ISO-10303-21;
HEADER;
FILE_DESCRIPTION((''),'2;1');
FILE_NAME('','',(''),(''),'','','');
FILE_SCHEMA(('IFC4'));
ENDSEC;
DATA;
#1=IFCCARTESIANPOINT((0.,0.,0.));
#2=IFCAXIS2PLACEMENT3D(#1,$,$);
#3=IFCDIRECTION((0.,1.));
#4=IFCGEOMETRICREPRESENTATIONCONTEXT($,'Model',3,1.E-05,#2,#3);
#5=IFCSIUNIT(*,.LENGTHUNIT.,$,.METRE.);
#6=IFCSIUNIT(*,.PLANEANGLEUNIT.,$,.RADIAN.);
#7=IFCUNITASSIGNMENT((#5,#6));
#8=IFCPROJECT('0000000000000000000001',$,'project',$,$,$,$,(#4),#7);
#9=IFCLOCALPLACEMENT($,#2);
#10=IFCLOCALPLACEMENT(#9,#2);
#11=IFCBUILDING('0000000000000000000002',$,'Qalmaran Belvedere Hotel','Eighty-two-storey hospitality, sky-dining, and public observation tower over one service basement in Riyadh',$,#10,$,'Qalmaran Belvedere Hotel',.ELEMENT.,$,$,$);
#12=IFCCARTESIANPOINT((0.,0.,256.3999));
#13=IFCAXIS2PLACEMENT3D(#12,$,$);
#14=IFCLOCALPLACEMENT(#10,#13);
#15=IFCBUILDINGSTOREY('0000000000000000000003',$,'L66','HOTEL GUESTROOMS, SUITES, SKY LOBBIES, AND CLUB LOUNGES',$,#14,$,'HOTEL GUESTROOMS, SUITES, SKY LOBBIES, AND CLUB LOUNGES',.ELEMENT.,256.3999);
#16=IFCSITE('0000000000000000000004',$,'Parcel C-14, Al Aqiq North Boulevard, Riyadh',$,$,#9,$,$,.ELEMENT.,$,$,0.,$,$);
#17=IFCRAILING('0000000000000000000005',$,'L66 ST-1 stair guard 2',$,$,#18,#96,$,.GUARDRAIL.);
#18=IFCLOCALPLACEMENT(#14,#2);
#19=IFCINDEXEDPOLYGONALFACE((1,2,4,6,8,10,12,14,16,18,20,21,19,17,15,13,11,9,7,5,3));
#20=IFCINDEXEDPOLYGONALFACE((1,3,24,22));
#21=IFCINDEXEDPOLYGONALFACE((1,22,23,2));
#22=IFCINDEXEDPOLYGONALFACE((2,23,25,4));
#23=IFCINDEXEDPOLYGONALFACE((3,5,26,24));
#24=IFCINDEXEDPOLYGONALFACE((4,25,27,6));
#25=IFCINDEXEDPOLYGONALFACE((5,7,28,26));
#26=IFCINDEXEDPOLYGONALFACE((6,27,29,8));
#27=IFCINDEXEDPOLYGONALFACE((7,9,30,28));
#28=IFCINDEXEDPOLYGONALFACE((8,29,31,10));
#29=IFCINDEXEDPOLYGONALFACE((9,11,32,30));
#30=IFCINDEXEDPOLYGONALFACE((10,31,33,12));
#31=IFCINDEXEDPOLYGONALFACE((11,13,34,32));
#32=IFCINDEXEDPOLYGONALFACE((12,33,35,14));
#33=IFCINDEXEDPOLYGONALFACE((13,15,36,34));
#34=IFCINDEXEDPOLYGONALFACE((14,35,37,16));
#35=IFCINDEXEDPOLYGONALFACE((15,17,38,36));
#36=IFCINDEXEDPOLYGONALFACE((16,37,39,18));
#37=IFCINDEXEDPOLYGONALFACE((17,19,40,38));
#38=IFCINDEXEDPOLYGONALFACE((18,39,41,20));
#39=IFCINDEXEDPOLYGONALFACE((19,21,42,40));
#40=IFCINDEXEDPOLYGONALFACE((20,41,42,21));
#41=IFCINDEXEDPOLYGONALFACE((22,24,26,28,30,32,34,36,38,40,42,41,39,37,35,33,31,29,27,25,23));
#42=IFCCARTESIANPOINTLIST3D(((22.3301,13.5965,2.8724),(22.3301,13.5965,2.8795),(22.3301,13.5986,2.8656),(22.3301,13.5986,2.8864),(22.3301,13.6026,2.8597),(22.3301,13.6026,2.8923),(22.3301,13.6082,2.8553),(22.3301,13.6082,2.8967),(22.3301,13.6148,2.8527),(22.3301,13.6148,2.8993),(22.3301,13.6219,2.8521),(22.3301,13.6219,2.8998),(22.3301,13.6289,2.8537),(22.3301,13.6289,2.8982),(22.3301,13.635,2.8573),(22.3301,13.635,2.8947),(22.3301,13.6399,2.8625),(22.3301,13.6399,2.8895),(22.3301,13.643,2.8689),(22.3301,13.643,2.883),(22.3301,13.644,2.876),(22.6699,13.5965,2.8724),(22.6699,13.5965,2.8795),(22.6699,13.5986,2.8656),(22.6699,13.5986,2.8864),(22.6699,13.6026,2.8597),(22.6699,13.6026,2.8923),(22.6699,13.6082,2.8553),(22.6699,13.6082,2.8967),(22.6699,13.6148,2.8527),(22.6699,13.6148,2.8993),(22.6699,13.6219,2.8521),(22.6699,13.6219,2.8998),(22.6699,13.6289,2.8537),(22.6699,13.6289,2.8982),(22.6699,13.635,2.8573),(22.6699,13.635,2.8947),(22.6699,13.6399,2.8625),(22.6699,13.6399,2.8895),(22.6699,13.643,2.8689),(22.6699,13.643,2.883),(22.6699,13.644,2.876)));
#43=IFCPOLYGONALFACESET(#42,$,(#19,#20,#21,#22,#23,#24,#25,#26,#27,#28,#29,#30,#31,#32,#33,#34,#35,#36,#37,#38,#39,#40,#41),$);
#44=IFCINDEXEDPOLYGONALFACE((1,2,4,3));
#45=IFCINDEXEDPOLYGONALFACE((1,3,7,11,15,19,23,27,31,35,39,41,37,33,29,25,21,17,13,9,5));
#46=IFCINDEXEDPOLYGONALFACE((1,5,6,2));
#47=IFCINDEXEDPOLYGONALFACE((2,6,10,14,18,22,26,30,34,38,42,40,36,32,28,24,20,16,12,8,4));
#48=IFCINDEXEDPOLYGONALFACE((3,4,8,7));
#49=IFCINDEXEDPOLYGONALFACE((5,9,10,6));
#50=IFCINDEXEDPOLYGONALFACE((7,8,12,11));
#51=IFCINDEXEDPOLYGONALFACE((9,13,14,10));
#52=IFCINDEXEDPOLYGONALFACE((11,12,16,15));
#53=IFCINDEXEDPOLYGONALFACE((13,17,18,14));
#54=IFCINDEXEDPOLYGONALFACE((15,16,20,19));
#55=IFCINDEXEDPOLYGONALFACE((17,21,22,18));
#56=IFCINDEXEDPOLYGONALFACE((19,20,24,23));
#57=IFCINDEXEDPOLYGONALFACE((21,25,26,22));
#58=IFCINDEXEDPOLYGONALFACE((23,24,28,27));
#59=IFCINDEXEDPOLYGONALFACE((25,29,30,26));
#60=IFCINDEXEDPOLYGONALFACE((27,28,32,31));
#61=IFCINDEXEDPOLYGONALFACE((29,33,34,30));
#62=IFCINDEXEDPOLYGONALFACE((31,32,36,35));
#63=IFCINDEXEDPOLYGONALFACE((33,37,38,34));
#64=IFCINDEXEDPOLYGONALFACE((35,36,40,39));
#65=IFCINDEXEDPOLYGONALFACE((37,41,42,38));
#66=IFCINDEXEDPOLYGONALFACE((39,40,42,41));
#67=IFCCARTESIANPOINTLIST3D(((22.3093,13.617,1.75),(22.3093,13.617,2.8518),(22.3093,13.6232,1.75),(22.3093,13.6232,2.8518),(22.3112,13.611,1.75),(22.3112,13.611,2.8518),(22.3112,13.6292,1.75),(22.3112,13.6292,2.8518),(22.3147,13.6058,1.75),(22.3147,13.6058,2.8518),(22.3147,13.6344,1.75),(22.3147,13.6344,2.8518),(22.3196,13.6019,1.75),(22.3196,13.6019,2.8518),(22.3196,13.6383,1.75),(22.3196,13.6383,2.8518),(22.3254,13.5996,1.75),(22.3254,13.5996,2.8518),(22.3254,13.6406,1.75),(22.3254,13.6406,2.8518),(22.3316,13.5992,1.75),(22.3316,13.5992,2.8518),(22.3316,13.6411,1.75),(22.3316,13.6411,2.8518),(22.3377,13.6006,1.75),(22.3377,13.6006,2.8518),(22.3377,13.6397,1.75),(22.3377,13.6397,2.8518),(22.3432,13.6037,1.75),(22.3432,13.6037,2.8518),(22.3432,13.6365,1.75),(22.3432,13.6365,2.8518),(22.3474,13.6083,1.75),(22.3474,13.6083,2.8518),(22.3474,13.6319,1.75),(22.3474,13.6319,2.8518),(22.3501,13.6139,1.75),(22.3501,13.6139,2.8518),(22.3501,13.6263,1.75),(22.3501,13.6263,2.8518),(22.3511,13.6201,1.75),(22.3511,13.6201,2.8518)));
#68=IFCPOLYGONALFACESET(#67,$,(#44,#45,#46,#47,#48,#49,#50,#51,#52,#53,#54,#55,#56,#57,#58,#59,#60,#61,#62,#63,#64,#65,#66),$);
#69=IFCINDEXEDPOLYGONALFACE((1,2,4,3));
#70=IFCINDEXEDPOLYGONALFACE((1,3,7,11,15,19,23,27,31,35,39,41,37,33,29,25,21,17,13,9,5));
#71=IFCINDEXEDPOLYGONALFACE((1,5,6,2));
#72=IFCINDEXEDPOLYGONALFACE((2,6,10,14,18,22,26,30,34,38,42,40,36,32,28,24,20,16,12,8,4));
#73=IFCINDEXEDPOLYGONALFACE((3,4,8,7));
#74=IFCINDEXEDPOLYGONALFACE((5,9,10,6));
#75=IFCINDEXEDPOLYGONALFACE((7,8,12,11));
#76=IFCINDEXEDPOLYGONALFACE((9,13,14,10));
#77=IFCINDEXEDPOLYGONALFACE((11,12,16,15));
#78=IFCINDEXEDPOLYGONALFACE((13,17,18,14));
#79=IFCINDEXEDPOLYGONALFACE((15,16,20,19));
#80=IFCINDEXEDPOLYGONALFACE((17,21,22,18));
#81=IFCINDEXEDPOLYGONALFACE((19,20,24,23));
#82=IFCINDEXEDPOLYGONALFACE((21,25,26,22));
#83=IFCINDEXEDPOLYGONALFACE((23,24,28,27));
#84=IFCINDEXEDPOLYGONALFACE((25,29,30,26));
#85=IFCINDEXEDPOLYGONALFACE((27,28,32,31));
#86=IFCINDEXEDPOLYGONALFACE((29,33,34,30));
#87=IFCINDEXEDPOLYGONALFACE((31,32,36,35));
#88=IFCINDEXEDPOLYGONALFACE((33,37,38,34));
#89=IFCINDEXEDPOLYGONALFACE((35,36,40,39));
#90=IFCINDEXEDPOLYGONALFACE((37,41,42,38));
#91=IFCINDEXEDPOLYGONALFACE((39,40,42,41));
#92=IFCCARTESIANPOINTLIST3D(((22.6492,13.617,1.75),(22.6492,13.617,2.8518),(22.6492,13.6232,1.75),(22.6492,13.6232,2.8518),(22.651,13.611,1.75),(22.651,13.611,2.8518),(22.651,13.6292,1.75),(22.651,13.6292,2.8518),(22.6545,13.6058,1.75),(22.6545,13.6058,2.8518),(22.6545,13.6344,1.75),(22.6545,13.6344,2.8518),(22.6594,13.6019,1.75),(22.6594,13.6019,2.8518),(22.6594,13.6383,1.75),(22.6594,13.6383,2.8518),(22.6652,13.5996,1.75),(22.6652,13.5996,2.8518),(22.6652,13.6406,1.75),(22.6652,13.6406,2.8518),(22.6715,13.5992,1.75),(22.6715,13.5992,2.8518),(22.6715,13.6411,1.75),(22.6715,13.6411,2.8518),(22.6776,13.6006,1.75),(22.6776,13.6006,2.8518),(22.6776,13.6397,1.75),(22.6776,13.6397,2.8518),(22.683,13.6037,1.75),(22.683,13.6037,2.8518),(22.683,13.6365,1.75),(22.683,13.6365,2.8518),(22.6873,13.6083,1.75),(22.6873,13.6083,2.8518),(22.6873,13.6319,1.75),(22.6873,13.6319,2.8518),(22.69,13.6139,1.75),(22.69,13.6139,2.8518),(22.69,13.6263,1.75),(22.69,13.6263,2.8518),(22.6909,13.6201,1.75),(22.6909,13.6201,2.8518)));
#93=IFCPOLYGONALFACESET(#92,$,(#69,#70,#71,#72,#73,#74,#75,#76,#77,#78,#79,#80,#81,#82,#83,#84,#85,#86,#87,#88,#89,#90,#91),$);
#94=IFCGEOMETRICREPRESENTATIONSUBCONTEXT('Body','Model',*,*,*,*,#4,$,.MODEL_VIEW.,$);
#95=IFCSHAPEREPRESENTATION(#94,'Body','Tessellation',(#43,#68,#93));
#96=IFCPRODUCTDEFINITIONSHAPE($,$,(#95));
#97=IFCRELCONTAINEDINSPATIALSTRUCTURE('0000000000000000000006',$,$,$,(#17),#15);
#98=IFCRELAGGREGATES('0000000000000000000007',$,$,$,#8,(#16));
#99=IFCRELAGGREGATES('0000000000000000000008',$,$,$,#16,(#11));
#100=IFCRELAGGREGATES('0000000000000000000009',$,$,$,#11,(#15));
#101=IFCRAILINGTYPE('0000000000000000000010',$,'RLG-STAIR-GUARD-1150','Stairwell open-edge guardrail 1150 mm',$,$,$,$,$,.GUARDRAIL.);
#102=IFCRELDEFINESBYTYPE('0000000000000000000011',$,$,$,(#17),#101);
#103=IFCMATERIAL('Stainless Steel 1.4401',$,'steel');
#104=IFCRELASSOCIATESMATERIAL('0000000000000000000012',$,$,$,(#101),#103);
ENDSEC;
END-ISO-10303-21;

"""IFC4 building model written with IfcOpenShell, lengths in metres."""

from ifc_helpers import new_model, si_unit, direction, frame, origin, origin_2d, place, context, subcontext, project, spatial, circle, extrude, material, type_object, element, save


model = new_model("IFC4")

# Units and contexts
model_context = context("Model", 3, precision=1e-05, world=origin(), true_north=direction((0.0, 1.0)))
body_context = subcontext(model_context, "Body", "Model", "MODEL_VIEW")
ifc_project = project(units=[si_unit("LENGTHUNIT", "METRE"), si_unit("PLANEANGLEUNIT", "RADIAN")], contexts=[model_context])

# Site, building, storey
site_placement = place(None, origin())
site = spatial("IfcSite", under=ifc_project, at=site_placement, Name="Parcel C-14, Al Aqiq North Boulevard, Riyadh", CompositionType="ELEMENT", RefElevation=0.0)
building_placement = place(site_placement, origin())
building = spatial("IfcBuilding", under=site, at=building_placement, Name="Qalmaran Belvedere Hotel", Description="Eighty-two-storey hospitality, sky-dining, and public observation tower over one service basement in Riyadh", LongName="Qalmaran Belvedere Hotel", CompositionType="ELEMENT")
storey_placement = place(building_placement, frame((0.0, 0.0, 256.3999)))
storey = spatial("IfcBuildingStorey", under=building, at=storey_placement, Name="L66", Description="HOTEL GUESTROOMS, SUITES, SKY LOBBIES, AND CLUB LOUNGES", LongName="HOTEL GUESTROOMS, SUITES, SKY LOBBIES, AND CLUB LOUNGES", CompositionType="ELEMENT", Elevation=256.3999)

# Shared definitions
ifc_material_1 = material(Name="Stainless Steel 1.4401", Category="steel")

# Railing
railing_type_1 = type_object("IfcRailingType", Name="RLG-STAIR-GUARD-1150", Description="Stairwell open-edge guardrail 1150 mm", PredefinedType="GUARDRAIL", material=ifc_material_1)
railing_1_placement = place(storey_placement, frame((22.3301, 13.6201, 1.75)))
element("IfcRailing", 1, at=railing_1_placement, inside=storey, type_object=railing_type_1, Name="L66 ST-1 stair guard 2", PredefinedType="GUARDRAIL", context=body_context, shape_type="SweptSolid", body=[
    extrude(circle(Radius=0.0239, at=origin_2d()), frame((0.0, 0.0, 1.126), z_axis=(1.0, 0.0, 0.0), x_axis=(0.0, 1.0, 0.0)), (0.0, 0.0, 1.0), 0.3398),
    extrude(circle(Radius=0.021, at=origin_2d()), origin(), (0.0, 0.0, 1.0), 1.1018),
    extrude(circle(Radius=0.021, at=origin_2d()), frame((0.3398, 0.0, 0.0)), (0.0, 0.0, 1.0), 1.1018),
])

save(model, "model.ifc")
